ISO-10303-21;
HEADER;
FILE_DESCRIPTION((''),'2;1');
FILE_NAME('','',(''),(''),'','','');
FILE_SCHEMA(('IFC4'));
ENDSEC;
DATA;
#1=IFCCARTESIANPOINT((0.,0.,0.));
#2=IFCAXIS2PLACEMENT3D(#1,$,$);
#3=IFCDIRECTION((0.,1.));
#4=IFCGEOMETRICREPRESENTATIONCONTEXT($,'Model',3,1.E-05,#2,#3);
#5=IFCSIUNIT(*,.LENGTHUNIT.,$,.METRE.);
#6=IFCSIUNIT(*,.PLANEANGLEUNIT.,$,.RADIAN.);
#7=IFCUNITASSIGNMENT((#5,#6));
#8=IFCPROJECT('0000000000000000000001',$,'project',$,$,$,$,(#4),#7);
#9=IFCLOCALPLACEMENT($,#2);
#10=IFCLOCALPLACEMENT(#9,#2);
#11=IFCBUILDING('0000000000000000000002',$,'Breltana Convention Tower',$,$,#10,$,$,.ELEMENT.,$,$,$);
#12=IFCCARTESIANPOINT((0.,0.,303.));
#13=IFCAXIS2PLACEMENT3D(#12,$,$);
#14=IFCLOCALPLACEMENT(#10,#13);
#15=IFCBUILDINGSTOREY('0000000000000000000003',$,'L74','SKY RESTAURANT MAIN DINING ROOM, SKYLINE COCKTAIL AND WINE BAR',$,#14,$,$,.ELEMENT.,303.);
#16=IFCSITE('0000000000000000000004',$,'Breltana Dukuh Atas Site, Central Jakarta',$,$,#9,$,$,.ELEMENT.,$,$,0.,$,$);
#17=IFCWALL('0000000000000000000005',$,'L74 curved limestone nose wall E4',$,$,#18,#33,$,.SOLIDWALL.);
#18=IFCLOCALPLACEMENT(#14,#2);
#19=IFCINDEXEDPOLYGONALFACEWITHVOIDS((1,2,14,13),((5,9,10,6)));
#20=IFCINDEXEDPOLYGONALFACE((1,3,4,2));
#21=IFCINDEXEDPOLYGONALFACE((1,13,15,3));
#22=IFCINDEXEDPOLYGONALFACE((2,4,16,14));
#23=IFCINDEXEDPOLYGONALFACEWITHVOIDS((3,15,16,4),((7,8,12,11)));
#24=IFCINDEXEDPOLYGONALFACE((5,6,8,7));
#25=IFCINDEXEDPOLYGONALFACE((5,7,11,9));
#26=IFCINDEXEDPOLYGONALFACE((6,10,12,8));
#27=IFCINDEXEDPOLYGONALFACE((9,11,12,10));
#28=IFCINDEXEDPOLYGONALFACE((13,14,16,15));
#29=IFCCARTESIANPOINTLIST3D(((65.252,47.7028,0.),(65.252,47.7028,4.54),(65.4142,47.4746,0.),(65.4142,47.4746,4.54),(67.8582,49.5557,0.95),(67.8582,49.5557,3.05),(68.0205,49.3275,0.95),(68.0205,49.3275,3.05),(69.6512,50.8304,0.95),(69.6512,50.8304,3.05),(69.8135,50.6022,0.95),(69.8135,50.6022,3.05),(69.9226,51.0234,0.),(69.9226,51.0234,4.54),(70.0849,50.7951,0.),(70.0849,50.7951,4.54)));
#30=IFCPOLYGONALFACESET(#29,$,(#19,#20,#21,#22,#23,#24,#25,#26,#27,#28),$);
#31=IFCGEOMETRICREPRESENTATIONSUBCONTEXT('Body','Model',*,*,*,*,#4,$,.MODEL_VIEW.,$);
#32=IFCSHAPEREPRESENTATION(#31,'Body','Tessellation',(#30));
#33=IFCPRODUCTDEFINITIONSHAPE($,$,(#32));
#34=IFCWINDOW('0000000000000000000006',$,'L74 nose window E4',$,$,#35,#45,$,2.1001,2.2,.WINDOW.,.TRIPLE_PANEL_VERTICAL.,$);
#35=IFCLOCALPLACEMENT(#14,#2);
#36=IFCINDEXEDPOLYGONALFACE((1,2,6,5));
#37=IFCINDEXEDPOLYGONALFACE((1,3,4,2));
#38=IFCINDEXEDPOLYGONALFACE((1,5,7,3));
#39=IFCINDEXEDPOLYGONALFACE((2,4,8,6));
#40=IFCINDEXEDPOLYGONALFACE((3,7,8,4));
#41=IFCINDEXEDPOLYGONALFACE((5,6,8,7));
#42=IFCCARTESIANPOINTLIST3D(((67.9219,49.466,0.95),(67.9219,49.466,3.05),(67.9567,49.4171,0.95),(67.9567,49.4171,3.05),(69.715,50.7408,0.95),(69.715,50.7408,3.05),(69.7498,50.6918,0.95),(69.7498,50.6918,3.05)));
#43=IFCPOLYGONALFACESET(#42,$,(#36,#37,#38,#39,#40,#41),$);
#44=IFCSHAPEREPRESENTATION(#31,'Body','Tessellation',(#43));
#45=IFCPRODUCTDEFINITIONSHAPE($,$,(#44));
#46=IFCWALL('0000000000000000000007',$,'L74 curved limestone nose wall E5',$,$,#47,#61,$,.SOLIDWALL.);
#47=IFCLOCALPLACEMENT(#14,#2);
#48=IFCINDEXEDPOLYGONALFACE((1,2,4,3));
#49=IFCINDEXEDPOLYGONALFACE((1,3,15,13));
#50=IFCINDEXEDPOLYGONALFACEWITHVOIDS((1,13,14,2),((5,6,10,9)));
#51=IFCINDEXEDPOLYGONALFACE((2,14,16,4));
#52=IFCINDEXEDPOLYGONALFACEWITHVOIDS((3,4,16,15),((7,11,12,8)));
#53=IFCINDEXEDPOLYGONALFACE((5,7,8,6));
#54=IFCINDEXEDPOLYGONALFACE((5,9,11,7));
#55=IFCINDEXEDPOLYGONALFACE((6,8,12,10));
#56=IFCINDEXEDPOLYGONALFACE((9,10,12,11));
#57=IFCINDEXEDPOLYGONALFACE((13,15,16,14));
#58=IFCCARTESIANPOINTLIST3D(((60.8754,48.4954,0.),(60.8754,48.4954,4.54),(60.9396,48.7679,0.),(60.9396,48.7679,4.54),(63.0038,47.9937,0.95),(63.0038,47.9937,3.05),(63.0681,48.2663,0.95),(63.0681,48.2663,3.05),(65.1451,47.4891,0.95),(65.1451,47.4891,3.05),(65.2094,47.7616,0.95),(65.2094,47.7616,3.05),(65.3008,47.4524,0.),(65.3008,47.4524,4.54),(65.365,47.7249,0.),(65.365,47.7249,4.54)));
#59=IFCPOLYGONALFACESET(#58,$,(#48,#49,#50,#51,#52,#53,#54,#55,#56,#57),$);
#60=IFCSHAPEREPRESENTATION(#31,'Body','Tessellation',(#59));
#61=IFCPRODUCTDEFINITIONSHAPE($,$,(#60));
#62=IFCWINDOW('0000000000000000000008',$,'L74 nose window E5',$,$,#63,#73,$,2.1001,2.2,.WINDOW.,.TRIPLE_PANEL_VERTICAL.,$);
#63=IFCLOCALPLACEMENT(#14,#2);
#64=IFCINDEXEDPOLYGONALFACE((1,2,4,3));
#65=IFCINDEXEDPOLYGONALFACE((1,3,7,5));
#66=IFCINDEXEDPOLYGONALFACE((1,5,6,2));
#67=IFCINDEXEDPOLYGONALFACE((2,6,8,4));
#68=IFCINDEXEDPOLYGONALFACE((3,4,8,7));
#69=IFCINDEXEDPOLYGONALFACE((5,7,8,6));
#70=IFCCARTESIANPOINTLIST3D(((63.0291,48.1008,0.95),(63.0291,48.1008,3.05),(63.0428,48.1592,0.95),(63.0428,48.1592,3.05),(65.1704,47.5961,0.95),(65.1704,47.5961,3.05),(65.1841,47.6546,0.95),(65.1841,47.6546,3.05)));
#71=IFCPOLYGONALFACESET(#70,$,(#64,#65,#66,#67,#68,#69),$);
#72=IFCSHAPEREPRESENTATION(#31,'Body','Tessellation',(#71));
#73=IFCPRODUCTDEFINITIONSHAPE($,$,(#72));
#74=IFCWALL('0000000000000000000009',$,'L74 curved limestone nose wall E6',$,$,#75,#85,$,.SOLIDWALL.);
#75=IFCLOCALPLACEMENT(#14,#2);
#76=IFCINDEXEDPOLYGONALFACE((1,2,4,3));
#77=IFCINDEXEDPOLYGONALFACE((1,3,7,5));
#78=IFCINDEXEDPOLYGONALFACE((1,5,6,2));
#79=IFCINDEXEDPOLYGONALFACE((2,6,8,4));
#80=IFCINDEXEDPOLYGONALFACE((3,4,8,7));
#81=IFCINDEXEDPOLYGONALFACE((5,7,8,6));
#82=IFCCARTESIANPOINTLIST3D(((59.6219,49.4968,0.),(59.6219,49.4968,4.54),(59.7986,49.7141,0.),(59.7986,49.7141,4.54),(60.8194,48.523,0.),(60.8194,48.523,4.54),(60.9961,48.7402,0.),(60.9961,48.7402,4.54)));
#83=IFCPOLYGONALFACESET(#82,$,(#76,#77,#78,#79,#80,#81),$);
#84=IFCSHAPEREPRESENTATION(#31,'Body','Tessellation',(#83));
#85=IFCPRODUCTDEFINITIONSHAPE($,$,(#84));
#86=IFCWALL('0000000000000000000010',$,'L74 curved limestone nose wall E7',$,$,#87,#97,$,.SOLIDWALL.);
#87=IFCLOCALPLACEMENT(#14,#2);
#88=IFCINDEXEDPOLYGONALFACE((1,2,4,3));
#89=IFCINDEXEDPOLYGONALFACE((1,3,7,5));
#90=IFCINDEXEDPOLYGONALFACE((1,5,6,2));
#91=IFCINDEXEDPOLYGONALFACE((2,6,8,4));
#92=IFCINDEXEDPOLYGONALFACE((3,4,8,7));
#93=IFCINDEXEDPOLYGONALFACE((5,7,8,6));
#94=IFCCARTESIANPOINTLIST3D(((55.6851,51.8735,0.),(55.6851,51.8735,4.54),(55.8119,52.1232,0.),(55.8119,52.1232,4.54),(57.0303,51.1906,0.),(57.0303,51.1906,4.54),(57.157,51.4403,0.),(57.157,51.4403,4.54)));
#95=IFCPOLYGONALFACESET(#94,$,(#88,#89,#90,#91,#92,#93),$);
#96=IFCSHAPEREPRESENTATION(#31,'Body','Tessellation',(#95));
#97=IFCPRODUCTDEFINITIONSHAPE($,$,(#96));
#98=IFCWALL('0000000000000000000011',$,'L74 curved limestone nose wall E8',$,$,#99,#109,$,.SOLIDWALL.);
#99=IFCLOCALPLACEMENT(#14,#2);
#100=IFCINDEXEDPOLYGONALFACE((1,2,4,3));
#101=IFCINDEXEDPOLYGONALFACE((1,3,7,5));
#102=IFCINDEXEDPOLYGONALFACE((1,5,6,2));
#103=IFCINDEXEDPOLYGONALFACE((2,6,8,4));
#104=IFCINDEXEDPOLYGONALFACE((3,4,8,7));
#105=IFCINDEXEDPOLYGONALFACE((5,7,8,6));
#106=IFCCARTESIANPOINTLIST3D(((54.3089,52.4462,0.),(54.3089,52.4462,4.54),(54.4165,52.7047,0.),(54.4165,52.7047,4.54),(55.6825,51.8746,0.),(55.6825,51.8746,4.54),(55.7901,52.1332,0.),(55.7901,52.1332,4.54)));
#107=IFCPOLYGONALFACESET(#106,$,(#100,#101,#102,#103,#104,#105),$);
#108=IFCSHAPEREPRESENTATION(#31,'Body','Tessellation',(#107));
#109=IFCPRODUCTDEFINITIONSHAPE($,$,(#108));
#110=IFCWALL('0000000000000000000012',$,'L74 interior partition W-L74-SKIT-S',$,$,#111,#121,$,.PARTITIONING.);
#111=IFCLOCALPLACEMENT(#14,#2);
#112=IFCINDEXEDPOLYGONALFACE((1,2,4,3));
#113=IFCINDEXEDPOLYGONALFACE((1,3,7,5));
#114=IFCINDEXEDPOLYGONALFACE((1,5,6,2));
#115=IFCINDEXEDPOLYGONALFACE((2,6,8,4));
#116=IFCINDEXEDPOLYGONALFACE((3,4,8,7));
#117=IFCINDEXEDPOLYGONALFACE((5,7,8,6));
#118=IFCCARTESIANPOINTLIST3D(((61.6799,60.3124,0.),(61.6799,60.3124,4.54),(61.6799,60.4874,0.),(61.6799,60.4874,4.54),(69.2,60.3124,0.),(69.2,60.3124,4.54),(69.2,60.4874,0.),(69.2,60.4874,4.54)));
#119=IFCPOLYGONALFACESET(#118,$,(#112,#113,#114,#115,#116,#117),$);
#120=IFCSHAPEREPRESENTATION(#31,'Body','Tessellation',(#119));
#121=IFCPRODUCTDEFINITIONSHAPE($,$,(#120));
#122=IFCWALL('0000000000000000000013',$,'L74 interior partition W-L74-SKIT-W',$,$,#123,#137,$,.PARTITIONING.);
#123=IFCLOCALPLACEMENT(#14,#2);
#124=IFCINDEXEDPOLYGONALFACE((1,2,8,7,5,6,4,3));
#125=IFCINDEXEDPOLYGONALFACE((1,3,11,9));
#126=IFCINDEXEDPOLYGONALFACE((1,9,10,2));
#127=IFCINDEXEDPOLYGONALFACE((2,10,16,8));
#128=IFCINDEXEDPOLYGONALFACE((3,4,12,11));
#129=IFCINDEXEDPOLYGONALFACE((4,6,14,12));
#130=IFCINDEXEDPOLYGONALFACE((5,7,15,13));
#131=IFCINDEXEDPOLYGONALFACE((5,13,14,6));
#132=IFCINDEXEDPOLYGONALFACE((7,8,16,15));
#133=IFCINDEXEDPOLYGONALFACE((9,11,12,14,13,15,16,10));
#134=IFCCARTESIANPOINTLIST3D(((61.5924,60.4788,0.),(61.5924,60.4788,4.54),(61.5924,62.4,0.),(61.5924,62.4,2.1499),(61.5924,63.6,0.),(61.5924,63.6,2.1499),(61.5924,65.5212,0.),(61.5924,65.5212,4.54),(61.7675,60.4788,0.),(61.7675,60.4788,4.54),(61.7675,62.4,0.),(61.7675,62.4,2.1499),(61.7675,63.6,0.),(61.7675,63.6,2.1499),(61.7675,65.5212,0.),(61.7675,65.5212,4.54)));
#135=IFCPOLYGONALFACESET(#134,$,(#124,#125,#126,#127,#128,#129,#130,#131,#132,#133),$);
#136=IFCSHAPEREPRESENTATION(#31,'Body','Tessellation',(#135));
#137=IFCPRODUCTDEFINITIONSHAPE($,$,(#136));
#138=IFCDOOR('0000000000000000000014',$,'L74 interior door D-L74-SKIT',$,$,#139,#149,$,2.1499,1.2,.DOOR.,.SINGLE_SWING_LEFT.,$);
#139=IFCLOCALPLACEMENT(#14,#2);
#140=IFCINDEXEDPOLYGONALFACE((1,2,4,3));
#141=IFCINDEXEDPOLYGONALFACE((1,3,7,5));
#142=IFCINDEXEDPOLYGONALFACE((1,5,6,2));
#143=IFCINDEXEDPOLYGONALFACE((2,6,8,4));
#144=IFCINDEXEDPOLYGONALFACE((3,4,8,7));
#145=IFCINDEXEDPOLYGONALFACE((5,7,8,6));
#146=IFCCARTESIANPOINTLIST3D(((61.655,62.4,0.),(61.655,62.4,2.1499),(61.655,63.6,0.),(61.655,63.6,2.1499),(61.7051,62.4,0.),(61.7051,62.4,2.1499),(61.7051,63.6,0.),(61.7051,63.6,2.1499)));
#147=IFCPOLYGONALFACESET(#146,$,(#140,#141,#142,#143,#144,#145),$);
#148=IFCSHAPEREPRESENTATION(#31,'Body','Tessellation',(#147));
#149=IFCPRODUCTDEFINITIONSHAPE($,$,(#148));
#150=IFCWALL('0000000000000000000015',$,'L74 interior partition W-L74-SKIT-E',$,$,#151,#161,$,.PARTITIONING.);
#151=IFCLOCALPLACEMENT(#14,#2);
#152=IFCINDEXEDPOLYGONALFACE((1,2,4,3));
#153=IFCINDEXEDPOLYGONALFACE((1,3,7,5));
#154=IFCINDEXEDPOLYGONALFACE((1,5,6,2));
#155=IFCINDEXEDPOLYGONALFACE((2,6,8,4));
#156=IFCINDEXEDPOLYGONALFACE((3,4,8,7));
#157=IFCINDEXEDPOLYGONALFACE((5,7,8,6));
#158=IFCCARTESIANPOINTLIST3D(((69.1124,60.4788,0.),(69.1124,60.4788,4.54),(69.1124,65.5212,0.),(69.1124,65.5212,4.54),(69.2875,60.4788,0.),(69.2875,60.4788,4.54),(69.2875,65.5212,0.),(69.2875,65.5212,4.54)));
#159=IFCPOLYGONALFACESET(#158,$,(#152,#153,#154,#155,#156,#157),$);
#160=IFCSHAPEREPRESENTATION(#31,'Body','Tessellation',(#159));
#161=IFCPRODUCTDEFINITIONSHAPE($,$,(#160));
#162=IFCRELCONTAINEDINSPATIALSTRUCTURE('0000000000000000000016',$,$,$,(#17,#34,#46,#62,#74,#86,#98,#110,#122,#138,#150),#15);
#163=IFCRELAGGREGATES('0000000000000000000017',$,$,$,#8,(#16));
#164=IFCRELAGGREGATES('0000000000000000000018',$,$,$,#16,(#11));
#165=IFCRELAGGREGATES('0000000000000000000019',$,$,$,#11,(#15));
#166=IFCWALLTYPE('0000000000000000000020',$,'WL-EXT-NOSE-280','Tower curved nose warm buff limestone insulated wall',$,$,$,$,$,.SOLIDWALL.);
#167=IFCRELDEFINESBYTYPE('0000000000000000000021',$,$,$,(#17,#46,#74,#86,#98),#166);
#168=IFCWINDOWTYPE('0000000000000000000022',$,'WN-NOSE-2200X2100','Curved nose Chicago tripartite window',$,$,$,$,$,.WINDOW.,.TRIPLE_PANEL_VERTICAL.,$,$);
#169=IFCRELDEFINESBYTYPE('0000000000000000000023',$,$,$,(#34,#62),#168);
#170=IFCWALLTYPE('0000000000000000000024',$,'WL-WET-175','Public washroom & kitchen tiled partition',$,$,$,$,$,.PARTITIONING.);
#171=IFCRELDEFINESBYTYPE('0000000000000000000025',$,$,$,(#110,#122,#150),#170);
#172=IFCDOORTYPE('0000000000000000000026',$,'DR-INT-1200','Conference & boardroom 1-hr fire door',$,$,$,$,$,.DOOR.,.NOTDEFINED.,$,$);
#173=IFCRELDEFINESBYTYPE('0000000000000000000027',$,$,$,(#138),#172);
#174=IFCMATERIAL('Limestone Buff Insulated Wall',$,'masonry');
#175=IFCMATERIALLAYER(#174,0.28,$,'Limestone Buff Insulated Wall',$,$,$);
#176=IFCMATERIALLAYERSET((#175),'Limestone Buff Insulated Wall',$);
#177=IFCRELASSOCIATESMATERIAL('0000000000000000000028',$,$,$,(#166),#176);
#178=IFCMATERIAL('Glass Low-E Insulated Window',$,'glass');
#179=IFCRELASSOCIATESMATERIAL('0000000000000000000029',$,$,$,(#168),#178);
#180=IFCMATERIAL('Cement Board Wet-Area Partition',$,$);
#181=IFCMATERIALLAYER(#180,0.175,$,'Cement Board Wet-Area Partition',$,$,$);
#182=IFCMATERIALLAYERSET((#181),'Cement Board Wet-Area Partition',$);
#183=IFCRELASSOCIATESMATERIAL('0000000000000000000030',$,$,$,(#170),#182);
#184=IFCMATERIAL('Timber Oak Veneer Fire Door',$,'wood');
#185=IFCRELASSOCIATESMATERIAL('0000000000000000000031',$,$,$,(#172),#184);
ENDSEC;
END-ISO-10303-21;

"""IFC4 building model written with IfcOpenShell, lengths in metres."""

from ifc_helpers import new_model, si_unit, direction, frame, frame_2d, origin, place, context, subcontext, project, spatial, rectangle, extrude, source, transform, mapped, material, layer, layer_set, type_object, type_shapes, element, fill, save


model = new_model("IFC4")

# Units and contexts
model_context = context("Model", 3, precision=1e-05, world=origin(), true_north=direction((0.0, 1.0)))
body_context = subcontext(model_context, "Body", "Model", "MODEL_VIEW")
ifc_project = project(units=[si_unit("LENGTHUNIT", "METRE"), si_unit("PLANEANGLEUNIT", "RADIAN")], contexts=[model_context])

# Site, building, storey
site_placement = place(None, origin())
site = spatial("IfcSite", under=ifc_project, at=site_placement, Name="Breltana Dukuh Atas Site, Central Jakarta", CompositionType="ELEMENT", RefElevation=0.0)
building_placement = place(site_placement, origin())
building = spatial("IfcBuilding", under=site, at=building_placement, Name="Breltana Convention Tower", CompositionType="ELEMENT")
storey_placement = place(building_placement, frame((0.0, 0.0, 303.0)))
storey = spatial("IfcBuildingStorey", under=building, at=storey_placement, Name="L74", Description="SKY RESTAURANT MAIN DINING ROOM, SKYLINE COCKTAIL AND WINE BAR", CompositionType="ELEMENT", Elevation=303.0)

# Walls, openings, windows
ifc_material_1 = material(Name="Limestone Buff Insulated Wall", Category="masonry")
ifc_layer_1 = layer(ifc_material_1, 0.28, Name="Limestone Buff Insulated Wall")
ifc_layer_set_1 = layer_set([ifc_layer_1], Name="Limestone Buff Insulated Wall")
wall_type_1 = type_object("IfcWallType", Name="WL-EXT-NOSE-280", Description="Tower curved nose warm buff limestone insulated wall", PredefinedType="SOLIDWALL", material=ifc_layer_set_1)
ifc_material_2 = material(Name="Glass Low-E Insulated Window", Category="glass")
window_type = type_object("IfcWindowType", Name="WN-NOSE-2200X2100", Description="Curved nose Chicago tripartite window", PartitioningType="TRIPLE_PANEL_VERTICAL", PredefinedType="WINDOW", material=ifc_material_2)
shared_shape_1 = source(origin(), body_context, "Body", "SweptSolid", [
    extrude(rectangle(XDim=2.2, YDim=2.1001, at=frame_2d((1.1001, 1.05))), frame((0.0, 0.03, 0.0), z_axis=(0.0, -1.0, 0.0), x_axis=(1.0, 0.0, 0.0)), (0.0, 0.0, 1.0), 0.0601),
])
type_shapes(window_type, [shared_shape_1])
shared_shape_2 = source(origin(), body_context, "Body", "SweptSolid", [
    extrude(rectangle(XDim=5.7307, YDim=0.28, at=frame_2d((2.8652, 0.0))), origin(), (0.0, 0.0, 1.0), 4.54),
])
wall_1_placement = place(storey_placement, frame((70.0037, 50.9092, 0.0), z_axis=(0.0, 0.0, 1.0), x_axis=(-0.815021, -0.579431, 0.0)))
wall_1 = element("IfcWall", 1, at=wall_1_placement, inside=storey, type_object=wall_type_1, Name="L74 curved limestone nose wall E4", PredefinedType="SOLIDWALL", context=body_context, shape_type="MappedRepresentation", body=[
    mapped(shared_shape_2, transform((0.0, 0.0, 0.0), scale=1.0)),
])
opening_1_placement = place(wall_1_placement, frame((0.3328, 0.0, 0.95)))
opening_1 = element("IfcOpeningElement", 2, at=opening_1_placement, cuts=wall_1, PredefinedType="OPENING", context=body_context, shape_type="SweptSolid", body=[
    extrude(rectangle(XDim=2.2, YDim=2.1001, at=frame_2d((1.1001, 1.05))), frame((0.0, 0.1499, 0.0), z_axis=(0.0, -1.0, 0.0), x_axis=(1.0, 0.0, 0.0)), (0.0, 0.0, 1.0), 0.3),
])
window_1_placement = place(opening_1_placement, origin())
window_1 = element("IfcWindow", 3, at=window_1_placement, inside=storey, type_object=window_type, Name="L74 nose window E4", OverallHeight=2.1001, OverallWidth=2.2, PartitioningType="TRIPLE_PANEL_VERTICAL", PredefinedType="WINDOW", context=body_context, shape_type="MappedRepresentation", body=[
    mapped(shared_shape_1, transform((0.0, 0.0, 0.0), scale=1.0)),
])
fill(opening_1, window_1)
shared_shape_3 = source(origin(), body_context, "Body", "SweptSolid", [
    extrude(rectangle(XDim=4.5466, YDim=0.28, at=frame_2d((2.2734, 0.0))), origin(), (0.0, 0.0, 1.0), 4.54),
])
wall_2_placement = place(storey_placement, frame((65.333, 47.5886, 0.0), z_axis=(0.0, 0.0, 1.0), x_axis=(-0.973333, 0.229398, 0.0)))
wall_2 = element("IfcWall", 4, at=wall_2_placement, inside=storey, type_object=wall_type_1, Name="L74 curved limestone nose wall E5", PredefinedType="SOLIDWALL", context=body_context, shape_type="MappedRepresentation", body=[
    mapped(shared_shape_3, transform((0.0, 0.0, 0.0), scale=1.0)),
])
opening_2_placement = place(wall_2_placement, frame((0.1599, 0.0, 0.95)))
opening_2 = element("IfcOpeningElement", 5, at=opening_2_placement, cuts=wall_2, PredefinedType="OPENING", context=body_context, shape_type="SweptSolid", body=[
    extrude(rectangle(XDim=2.2, YDim=2.1001, at=frame_2d((1.1001, 1.05))), frame((0.0, 0.1499, 0.0), z_axis=(0.0, -1.0, 0.0), x_axis=(1.0, 0.0, 0.0)), (0.0, 0.0, 1.0), 0.3),
])
window_2_placement = place(opening_2_placement, origin())
window_2 = element("IfcWindow", 6, at=window_2_placement, inside=storey, type_object=window_type, Name="L74 nose window E5", OverallHeight=2.1001, OverallWidth=2.2, PartitioningType="TRIPLE_PANEL_VERTICAL", PredefinedType="WINDOW", context=body_context, shape_type="MappedRepresentation", body=[
    mapped(shared_shape_1, transform((0.0, 0.0, 0.0), scale=1.0)),
])
fill(opening_2, window_2)

# Walls
shared_shape_4 = source(origin(), body_context, "Body", "SweptSolid", [
    extrude(rectangle(XDim=1.5435, YDim=0.28, at=frame_2d((0.7717, 0.0))), origin(), (0.0, 0.0, 1.0), 4.54),
])
wall_3_placement = place(storey_placement, frame((60.9077, 48.6316, 0.0), z_axis=(0.0, 0.0, 1.0), x_axis=(-0.775828, 0.630944, 0.0)))
element("IfcWall", 7, at=wall_3_placement, inside=storey, type_object=wall_type_1, Name="L74 curved limestone nose wall E6", PredefinedType="SOLIDWALL", context=body_context, shape_type="MappedRepresentation", body=[
    mapped(shared_shape_4, transform((0.0, 0.0, 0.0), scale=1.0)),
])
shared_shape_5 = source(origin(), body_context, "Body", "SweptSolid", [
    extrude(rectangle(XDim=1.5085, YDim=0.28, at=frame_2d((0.7544, 0.0))), origin(), (0.0, 0.0, 1.0), 4.54),
])
wall_4_placement = place(storey_placement, frame((57.0938, 51.3154, 0.0), z_axis=(0.0, 0.0, 1.0), x_axis=(-0.891692, 0.452643, 0.0)))
element("IfcWall", 8, at=wall_4_placement, inside=storey, type_object=wall_type_1, Name="L74 curved limestone nose wall E7", PredefinedType="SOLIDWALL", context=body_context, shape_type="MappedRepresentation", body=[
    mapped(shared_shape_5, transform((0.0, 0.0, 0.0), scale=1.0)),
])
shared_shape_6 = source(origin(), body_context, "Body", "SweptSolid", [
    extrude(rectangle(XDim=1.4878, YDim=0.28, at=frame_2d((0.7439, 0.0))), origin(), (0.0, 0.0, 1.0), 4.54),
])
wall_5_placement = place(storey_placement, frame((55.7363, 52.0039, 0.0), z_axis=(0.0, 0.0, 1.0), x_axis=(-0.923261, 0.384173, 0.0)))
element("IfcWall", 9, at=wall_5_placement, inside=storey, type_object=wall_type_1, Name="L74 curved limestone nose wall E8", PredefinedType="SOLIDWALL", context=body_context, shape_type="MappedRepresentation", body=[
    mapped(shared_shape_6, transform((0.0, 0.0, 0.0), scale=1.0)),
])
ifc_material_3 = material(Name="Cement Board Wet-Area Partition")
ifc_layer_2 = layer(ifc_material_3, 0.175, Name="Cement Board Wet-Area Partition")
ifc_layer_set_2 = layer_set([ifc_layer_2], Name="Cement Board Wet-Area Partition")
wall_type_2 = type_object("IfcWallType", Name="WL-WET-175", Description="Public washroom & kitchen tiled partition", PredefinedType="PARTITIONING", material=ifc_layer_set_2)
shared_shape_7 = source(origin(), body_context, "Body", "SweptSolid", [
    extrude(rectangle(XDim=7.52, YDim=0.175, at=frame_2d((3.76, 0.0))), origin(), (0.0, 0.0, 1.0), 4.54),
])
wall_6_placement = place(storey_placement, frame((61.6799, 60.3999, 0.0), z_axis=(0.0, 0.0, 1.0), x_axis=(1.0, 0.0, 0.0)))
element("IfcWall", 10, at=wall_6_placement, inside=storey, type_object=wall_type_2, Name="L74 interior partition W-L74-SKIT-S", PredefinedType="PARTITIONING", context=body_context, shape_type="MappedRepresentation", body=[
    mapped(shared_shape_7, transform((0.0, 0.0, 0.0), scale=1.0)),
])

# Wall, opening, door
shared_shape_8 = source(origin(), body_context, "Body", "SweptSolid", [
    extrude(rectangle(XDim=5.0425, YDim=0.175, at=frame_2d((2.5212, 0.0))), origin(), (0.0, 0.0, 1.0), 4.54),
])
wall_7_placement = place(storey_placement, frame((61.6799, 60.4788, 0.0), z_axis=(0.0, 0.0, 1.0), x_axis=(0.0, 1.0, 0.0)))
wall_7 = element("IfcWall", 11, at=wall_7_placement, inside=storey, type_object=wall_type_2, Name="L74 interior partition W-L74-SKIT-W", PredefinedType="PARTITIONING", context=body_context, shape_type="MappedRepresentation", body=[
    mapped(shared_shape_8, transform((0.0, 0.0, 0.0), scale=1.0)),
])
opening_3_placement = place(wall_7_placement, frame((1.9211, 0.0, 0.0)))
opening_3 = element("IfcOpeningElement", 12, at=opening_3_placement, cuts=wall_7, PredefinedType="OPENING", context=body_context, shape_type="SweptSolid", body=[
    extrude(rectangle(XDim=1.2, YDim=2.1499, at=frame_2d((0.6001, 1.075))), frame((0.0, 0.0977, 0.0), z_axis=(0.0, -1.0, 0.0), x_axis=(1.0, 0.0, 0.0)), (0.0, 0.0, 1.0), 0.1951),
])
ifc_material_4 = material(Name="Timber Oak Veneer Fire Door", Category="wood")
door_type = type_object("IfcDoorType", Name="DR-INT-1200", Description="Conference & boardroom 1-hr fire door", OperationType="NOTDEFINED", PredefinedType="DOOR", material=ifc_material_4)
shared_shape_9 = source(origin(), body_context, "Body", "SweptSolid", [
    extrude(rectangle(XDim=1.2, YDim=2.1499, at=frame_2d((0.6001, 1.075))), frame((0.0, 0.0249, 0.0), z_axis=(0.0, -1.0, 0.0), x_axis=(1.0, 0.0, 0.0)), (0.0, 0.0, 1.0), 0.05),
])
type_shapes(door_type, [shared_shape_9])
door_placement = place(opening_3_placement, origin())
door = element("IfcDoor", 13, at=door_placement, inside=storey, type_object=door_type, Name="L74 interior door D-L74-SKIT", OperationType="SINGLE_SWING_LEFT", OverallHeight=2.1499, OverallWidth=1.2, PredefinedType="DOOR", context=body_context, shape_type="MappedRepresentation", body=[
    mapped(shared_shape_9, transform((0.0, 0.0, 0.0), scale=1.0)),
])
fill(opening_3, door)

# Wall
wall_8_placement = place(storey_placement, frame((69.2, 60.4788, 0.0), z_axis=(0.0, 0.0, 1.0), x_axis=(0.0, 1.0, 0.0)))
element("IfcWall", 14, at=wall_8_placement, inside=storey, type_object=wall_type_2, Name="L74 interior partition W-L74-SKIT-E", PredefinedType="PARTITIONING", context=body_context, shape_type="MappedRepresentation", body=[
    mapped(shared_shape_8, transform((0.0, 0.0, 0.0), scale=1.0)),
])

save(model, "model.ifc")
